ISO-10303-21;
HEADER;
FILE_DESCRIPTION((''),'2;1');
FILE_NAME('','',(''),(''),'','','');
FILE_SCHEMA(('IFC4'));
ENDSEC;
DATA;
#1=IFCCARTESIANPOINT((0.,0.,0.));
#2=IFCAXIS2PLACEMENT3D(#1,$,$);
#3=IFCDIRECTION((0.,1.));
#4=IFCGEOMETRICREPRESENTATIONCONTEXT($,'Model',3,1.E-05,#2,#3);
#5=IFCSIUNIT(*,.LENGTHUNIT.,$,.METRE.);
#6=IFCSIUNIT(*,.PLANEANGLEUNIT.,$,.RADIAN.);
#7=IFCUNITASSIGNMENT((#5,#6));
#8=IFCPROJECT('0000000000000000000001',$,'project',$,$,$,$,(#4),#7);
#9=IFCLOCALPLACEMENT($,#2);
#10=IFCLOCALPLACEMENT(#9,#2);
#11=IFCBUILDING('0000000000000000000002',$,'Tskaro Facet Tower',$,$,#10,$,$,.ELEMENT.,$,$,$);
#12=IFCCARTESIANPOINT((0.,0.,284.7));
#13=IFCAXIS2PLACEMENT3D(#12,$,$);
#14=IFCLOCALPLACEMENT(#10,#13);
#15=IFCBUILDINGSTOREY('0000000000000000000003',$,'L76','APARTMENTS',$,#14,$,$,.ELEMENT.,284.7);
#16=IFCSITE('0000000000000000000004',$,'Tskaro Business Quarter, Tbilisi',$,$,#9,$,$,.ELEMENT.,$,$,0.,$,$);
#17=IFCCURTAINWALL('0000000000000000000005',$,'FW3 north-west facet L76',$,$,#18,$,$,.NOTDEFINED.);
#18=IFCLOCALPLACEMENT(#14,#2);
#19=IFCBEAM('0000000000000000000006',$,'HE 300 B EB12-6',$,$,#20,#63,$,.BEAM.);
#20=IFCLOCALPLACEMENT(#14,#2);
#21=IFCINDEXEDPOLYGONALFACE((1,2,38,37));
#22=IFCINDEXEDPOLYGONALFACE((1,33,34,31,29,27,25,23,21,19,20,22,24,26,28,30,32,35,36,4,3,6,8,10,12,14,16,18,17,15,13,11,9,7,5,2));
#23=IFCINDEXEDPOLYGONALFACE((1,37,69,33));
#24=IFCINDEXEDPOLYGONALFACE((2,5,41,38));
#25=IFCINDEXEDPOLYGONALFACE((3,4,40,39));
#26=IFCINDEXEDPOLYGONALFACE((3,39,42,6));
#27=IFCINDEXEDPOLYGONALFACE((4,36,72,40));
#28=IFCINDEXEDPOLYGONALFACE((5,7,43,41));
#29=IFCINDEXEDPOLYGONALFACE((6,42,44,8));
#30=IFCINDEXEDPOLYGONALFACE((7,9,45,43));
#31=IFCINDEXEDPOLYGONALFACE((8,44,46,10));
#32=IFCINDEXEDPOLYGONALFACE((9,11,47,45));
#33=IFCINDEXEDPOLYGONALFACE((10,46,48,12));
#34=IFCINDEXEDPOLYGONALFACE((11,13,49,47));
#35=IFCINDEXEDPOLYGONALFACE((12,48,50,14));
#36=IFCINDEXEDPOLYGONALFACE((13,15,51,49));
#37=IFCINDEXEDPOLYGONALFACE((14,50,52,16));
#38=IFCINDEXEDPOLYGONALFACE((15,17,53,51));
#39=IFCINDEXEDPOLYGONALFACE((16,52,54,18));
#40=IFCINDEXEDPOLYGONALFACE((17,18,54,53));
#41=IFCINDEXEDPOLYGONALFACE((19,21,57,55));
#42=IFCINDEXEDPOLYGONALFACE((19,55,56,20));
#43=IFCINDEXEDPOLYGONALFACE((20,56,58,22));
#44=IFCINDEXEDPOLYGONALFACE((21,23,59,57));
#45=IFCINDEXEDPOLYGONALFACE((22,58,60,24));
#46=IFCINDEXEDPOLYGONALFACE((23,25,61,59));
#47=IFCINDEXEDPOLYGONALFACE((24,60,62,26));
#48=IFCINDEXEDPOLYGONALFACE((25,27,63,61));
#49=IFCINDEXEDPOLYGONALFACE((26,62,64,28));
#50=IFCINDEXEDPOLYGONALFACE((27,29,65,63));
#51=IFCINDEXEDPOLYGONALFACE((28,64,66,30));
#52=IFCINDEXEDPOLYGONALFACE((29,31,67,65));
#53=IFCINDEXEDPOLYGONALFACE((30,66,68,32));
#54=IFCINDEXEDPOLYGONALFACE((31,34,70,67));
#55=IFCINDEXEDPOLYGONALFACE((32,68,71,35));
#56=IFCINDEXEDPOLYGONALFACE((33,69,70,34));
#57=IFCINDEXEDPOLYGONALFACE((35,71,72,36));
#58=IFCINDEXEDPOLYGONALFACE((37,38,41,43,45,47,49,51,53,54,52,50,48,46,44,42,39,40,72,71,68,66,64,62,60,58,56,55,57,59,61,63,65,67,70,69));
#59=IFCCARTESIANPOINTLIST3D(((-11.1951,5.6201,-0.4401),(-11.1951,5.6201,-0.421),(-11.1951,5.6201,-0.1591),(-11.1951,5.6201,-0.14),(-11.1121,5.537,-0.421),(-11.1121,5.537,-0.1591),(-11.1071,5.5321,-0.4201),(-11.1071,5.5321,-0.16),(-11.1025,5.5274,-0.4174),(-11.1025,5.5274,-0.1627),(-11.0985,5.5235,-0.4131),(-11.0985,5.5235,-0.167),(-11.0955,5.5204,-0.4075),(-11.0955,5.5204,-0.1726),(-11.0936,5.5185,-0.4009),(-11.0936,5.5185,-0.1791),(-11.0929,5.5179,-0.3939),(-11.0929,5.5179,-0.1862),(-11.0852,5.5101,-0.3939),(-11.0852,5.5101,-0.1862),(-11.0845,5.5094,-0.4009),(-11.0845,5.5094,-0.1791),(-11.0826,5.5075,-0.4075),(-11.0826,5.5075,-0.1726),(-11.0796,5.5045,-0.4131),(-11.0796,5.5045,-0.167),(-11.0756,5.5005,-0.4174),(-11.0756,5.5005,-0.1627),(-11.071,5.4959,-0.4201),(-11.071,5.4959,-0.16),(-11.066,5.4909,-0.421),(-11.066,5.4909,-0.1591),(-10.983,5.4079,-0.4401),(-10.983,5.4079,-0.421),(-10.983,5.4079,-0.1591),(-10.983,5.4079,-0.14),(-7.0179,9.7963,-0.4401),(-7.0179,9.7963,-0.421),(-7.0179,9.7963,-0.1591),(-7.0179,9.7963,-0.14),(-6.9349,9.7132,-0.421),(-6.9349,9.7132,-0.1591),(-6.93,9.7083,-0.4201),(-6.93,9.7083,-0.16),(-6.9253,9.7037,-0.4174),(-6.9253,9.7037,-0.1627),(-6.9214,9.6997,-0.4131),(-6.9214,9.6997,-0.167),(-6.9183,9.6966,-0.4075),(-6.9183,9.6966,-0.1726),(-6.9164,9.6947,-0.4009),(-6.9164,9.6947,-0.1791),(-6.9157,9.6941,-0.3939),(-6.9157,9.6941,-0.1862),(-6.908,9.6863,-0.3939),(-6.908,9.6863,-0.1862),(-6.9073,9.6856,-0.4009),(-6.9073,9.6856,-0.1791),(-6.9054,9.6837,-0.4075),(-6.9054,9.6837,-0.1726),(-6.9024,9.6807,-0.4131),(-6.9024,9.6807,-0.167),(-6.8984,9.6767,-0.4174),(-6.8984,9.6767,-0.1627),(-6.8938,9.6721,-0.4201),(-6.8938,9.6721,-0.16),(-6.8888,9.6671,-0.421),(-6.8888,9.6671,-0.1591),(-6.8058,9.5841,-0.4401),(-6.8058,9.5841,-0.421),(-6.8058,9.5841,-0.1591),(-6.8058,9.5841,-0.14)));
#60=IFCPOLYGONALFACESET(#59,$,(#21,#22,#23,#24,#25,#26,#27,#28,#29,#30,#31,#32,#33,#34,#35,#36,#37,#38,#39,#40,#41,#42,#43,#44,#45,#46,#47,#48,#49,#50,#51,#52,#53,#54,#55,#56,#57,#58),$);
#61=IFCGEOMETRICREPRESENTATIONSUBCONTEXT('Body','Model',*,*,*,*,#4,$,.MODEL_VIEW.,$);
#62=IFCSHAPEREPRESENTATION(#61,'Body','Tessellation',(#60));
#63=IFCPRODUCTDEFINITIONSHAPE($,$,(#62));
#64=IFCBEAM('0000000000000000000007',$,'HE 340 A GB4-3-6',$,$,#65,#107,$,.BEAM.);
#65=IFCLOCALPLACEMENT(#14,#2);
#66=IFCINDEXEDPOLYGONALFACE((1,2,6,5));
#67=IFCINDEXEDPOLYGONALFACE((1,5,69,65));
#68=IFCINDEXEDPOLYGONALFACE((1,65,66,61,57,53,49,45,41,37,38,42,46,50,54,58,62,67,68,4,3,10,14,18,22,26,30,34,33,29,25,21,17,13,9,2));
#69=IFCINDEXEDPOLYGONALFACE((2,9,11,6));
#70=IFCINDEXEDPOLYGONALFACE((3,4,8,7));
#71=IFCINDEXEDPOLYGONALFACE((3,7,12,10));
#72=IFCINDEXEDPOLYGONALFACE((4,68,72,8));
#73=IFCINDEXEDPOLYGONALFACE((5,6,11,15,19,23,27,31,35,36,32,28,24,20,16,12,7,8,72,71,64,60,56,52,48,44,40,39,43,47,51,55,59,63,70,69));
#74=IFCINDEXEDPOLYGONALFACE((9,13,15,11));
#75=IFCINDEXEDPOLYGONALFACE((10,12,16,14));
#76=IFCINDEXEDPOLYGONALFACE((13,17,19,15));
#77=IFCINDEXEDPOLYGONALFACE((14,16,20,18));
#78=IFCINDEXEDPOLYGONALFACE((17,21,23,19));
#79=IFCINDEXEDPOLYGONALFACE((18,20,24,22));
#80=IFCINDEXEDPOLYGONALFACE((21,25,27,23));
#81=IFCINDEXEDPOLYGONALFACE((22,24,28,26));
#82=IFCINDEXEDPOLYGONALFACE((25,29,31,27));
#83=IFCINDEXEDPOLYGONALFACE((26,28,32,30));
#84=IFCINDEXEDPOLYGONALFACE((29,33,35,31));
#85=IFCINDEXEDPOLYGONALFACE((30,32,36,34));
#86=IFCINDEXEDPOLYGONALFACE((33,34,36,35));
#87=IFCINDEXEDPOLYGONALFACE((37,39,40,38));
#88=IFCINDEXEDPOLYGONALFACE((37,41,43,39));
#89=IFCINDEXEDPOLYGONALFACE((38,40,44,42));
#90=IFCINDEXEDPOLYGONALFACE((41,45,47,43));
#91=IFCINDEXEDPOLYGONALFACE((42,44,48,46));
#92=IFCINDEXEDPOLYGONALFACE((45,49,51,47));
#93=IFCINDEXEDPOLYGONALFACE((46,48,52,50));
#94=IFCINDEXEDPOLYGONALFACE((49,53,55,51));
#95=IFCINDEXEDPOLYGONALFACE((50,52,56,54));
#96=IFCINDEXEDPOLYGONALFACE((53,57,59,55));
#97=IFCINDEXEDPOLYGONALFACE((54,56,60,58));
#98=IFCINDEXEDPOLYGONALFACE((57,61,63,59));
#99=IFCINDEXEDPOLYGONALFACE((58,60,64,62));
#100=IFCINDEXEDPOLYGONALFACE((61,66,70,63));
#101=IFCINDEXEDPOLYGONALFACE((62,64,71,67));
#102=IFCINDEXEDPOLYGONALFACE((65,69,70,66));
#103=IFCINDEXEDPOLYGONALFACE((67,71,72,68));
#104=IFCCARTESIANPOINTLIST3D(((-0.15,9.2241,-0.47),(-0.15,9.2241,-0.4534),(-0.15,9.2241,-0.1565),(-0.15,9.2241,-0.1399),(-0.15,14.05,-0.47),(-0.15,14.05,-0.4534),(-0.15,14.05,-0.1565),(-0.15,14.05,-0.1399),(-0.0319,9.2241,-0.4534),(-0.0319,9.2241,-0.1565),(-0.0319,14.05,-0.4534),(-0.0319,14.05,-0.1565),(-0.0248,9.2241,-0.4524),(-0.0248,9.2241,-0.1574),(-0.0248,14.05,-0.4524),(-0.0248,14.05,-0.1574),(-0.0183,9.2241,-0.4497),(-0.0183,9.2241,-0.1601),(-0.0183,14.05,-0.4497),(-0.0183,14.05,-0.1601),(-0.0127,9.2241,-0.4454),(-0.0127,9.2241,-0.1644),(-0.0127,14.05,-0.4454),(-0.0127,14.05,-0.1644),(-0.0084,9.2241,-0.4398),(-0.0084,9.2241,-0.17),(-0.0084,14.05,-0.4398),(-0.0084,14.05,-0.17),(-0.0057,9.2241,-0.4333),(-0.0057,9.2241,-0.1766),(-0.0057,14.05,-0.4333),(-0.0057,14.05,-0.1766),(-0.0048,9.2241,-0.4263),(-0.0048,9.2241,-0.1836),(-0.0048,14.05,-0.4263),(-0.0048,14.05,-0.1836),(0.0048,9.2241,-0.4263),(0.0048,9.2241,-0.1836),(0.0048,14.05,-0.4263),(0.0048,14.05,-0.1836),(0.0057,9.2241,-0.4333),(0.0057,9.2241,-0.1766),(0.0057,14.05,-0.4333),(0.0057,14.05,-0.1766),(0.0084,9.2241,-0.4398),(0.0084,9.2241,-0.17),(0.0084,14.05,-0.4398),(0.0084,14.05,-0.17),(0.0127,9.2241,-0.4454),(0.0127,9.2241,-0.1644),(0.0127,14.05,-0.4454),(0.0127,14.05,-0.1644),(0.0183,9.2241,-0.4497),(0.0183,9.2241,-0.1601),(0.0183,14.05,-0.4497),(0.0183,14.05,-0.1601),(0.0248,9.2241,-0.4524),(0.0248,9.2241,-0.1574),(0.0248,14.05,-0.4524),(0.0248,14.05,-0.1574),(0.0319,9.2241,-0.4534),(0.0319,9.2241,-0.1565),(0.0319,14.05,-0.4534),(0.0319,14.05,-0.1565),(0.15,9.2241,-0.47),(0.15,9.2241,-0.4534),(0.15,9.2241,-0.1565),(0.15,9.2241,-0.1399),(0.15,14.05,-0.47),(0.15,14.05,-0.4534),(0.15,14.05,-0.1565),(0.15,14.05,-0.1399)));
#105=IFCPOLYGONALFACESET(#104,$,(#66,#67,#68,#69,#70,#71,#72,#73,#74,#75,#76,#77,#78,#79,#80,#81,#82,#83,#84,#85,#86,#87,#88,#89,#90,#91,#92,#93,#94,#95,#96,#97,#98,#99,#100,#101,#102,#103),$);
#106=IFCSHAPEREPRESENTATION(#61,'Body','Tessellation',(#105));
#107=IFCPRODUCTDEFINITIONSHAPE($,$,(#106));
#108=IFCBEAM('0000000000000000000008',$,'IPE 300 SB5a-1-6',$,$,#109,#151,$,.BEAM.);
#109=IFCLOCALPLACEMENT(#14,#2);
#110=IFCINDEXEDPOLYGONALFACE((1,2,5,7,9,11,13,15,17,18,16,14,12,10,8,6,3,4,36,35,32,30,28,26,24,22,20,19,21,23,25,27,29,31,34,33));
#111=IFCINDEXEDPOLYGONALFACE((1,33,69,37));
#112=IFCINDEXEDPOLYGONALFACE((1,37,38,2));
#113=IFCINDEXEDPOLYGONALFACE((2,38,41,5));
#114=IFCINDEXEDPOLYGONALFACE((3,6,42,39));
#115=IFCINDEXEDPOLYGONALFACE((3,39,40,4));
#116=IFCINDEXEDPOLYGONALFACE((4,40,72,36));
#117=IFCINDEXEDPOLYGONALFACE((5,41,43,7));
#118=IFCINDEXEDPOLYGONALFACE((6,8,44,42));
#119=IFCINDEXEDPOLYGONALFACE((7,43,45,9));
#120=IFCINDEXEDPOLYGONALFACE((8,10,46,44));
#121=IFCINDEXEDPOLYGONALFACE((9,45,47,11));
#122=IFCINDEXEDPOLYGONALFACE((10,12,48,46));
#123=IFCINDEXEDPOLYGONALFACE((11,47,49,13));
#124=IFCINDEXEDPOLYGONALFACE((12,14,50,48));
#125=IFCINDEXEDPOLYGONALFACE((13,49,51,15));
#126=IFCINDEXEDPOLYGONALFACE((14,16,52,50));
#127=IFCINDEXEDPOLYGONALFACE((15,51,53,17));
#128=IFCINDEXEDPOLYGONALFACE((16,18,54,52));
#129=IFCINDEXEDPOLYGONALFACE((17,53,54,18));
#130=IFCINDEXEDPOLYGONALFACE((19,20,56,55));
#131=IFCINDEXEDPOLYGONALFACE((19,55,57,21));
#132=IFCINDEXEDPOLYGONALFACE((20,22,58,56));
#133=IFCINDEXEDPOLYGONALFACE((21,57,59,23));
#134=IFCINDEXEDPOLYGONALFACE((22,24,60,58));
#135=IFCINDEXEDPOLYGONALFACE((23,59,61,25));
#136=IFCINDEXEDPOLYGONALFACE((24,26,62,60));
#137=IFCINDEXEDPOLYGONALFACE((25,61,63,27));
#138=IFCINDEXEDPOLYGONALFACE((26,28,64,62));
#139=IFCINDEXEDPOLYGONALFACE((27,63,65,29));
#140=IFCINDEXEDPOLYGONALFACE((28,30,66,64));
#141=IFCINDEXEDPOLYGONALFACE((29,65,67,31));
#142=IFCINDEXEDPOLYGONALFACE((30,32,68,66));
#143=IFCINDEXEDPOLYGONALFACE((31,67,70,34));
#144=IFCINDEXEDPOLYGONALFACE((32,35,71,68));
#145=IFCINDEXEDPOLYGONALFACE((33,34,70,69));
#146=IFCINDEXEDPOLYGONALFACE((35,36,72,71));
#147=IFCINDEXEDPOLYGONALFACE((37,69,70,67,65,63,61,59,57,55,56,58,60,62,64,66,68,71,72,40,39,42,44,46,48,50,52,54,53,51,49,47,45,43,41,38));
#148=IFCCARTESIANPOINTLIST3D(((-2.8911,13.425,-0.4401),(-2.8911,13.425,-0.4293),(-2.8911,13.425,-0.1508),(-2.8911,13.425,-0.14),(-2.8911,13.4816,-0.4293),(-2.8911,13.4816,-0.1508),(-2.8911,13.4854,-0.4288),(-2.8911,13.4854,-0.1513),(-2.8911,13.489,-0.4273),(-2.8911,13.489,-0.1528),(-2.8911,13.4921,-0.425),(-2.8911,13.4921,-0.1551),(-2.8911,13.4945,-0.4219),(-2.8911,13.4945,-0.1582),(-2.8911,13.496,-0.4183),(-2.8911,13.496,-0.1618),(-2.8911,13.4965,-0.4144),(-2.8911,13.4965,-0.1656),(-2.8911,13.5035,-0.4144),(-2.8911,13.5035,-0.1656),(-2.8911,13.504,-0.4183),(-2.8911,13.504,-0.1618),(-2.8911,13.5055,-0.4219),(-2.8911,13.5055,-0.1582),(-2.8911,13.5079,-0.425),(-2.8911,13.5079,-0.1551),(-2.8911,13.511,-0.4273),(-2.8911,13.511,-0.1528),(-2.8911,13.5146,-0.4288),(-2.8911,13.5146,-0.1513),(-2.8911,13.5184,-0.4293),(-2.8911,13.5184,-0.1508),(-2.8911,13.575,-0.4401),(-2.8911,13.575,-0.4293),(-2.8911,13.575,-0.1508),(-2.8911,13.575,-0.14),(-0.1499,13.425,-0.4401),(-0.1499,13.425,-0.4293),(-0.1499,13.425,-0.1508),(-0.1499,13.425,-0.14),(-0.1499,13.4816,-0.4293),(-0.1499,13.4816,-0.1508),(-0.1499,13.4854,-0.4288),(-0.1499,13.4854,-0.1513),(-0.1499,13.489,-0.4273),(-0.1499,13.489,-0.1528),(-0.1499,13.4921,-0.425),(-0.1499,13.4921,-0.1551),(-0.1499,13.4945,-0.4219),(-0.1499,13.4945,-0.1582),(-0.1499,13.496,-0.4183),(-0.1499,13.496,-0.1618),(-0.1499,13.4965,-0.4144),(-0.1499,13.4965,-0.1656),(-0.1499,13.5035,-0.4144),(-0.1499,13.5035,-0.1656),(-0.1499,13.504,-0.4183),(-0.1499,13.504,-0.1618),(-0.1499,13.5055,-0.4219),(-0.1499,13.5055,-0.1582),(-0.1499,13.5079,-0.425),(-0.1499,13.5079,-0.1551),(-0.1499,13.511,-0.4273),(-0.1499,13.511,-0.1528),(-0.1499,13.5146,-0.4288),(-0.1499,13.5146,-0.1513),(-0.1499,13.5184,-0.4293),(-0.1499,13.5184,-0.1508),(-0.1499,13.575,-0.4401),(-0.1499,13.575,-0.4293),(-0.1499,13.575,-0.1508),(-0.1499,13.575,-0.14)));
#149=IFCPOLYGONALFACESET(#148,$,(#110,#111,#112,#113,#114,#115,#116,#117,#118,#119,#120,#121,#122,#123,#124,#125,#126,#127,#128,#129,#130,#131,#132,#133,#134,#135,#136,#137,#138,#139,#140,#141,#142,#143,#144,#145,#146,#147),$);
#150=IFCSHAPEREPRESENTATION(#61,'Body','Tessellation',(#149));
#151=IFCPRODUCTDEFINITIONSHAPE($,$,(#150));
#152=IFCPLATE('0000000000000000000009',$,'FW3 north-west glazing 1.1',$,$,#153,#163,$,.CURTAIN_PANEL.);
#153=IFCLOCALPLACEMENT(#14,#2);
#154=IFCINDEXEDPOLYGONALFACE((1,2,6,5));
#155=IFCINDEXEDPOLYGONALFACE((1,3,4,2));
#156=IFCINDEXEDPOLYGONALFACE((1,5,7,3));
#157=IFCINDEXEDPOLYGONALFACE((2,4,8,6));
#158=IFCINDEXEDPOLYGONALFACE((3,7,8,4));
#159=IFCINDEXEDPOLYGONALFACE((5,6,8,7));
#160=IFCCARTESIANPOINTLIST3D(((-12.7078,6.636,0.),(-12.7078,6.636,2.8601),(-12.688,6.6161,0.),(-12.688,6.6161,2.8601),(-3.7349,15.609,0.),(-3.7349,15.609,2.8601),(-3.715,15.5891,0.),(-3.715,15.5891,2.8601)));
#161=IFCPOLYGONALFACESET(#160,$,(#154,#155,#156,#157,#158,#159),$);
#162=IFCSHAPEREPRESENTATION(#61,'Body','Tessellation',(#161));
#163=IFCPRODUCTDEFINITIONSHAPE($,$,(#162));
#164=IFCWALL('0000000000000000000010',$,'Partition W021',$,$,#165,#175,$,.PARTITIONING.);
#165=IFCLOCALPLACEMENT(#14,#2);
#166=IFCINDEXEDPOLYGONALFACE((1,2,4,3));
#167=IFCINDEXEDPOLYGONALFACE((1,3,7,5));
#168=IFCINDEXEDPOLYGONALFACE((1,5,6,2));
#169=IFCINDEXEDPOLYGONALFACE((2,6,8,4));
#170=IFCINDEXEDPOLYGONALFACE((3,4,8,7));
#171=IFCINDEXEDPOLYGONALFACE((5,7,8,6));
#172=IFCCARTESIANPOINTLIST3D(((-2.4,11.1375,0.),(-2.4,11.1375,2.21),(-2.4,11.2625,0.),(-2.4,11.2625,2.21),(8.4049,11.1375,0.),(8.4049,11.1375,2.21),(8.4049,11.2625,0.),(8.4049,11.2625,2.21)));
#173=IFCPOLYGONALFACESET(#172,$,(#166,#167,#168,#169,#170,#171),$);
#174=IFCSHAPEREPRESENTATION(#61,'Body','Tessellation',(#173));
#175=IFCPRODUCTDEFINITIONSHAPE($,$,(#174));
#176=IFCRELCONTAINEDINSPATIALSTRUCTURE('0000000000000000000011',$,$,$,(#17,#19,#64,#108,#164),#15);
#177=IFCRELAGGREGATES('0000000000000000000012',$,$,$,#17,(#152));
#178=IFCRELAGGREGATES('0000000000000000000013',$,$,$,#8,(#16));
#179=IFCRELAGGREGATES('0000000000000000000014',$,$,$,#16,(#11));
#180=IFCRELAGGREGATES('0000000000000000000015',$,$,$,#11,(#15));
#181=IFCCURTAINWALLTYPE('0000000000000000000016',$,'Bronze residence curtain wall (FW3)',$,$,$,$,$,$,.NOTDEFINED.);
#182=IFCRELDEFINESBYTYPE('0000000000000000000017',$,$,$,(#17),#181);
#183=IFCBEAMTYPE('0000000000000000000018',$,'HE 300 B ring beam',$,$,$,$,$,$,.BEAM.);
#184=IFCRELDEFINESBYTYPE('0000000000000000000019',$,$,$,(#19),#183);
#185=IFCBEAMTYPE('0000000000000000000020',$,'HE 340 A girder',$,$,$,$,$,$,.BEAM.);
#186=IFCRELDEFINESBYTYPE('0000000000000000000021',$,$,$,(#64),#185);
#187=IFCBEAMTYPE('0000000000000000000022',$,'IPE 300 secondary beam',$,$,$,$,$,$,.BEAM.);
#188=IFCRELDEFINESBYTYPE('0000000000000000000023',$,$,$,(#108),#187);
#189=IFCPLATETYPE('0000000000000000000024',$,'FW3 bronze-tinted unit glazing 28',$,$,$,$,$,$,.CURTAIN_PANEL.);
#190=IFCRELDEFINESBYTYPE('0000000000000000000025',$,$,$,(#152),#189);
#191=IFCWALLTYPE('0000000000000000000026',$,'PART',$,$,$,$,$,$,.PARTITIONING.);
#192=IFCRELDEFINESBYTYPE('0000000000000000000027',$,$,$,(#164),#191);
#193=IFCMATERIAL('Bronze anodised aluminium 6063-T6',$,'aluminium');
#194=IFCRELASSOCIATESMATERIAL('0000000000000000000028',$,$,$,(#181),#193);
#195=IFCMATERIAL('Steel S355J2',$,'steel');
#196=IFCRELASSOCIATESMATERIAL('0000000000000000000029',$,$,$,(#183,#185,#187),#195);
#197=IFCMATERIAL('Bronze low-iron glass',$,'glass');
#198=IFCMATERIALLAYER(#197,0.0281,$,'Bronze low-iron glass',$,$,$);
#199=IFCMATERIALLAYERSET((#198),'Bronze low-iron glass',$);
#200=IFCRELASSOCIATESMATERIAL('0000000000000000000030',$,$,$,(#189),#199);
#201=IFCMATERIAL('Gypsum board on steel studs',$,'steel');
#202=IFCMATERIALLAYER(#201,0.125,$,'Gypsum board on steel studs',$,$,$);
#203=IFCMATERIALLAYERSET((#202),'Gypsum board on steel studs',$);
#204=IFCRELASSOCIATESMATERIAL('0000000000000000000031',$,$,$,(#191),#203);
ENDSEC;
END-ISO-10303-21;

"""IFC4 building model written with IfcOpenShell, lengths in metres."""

from ifc_helpers import new_model, si_unit, direction, frame, frame_2d, origin, origin_2d, place, context, subcontext, project, spatial, rectangle, i_section, extrude, material, layer, layer_set, material_profile, profile_set, type_object, element, aggregate, save


model = new_model("IFC4")

# Units and contexts
model_context = context("Model", 3, precision=1e-05, world=origin(), true_north=direction((0.0, 1.0)))
body_context = subcontext(model_context, "Body", "Model", "MODEL_VIEW")
ifc_project = project(units=[si_unit("LENGTHUNIT", "METRE"), si_unit("PLANEANGLEUNIT", "RADIAN")], contexts=[model_context])

# Site, building, storey
site_placement = place(None, origin())
site = spatial("IfcSite", under=ifc_project, at=site_placement, Name="Tskaro Business Quarter, Tbilisi", CompositionType="ELEMENT", RefElevation=0.0)
building_placement = place(site_placement, origin())
building = spatial("IfcBuilding", under=site, at=building_placement, Name="Tskaro Facet Tower", CompositionType="ELEMENT")
storey_placement = place(building_placement, frame((0.0, 0.0, 284.7)))
storey = spatial("IfcBuildingStorey", under=building, at=storey_placement, Name="L76", Description="APARTMENTS", CompositionType="ELEMENT", Elevation=284.7)

# Shared definitions
ifc_material_1 = material(Name="Steel S355J2", Category="steel")

# Curtain wall
ifc_material_2 = material(Name="Bronze anodised aluminium 6063-T6", Category="aluminium")
curtain_wall_type = type_object("IfcCurtainWallType", Name="Bronze residence curtain wall (FW3)", PredefinedType="NOTDEFINED", material=ifc_material_2)
curtain_wall_1_placement = place(storey_placement, origin())
curtain_wall_1 = element("IfcCurtainWall", 1, at=curtain_wall_1_placement, inside=storey, type_object=curtain_wall_type, Name="FW3 north-west facet L76", PredefinedType="NOTDEFINED")

# Beams
ifc_material_profile_1 = material_profile(ifc_material_1, i_section(OverallWidth=0.3, OverallDepth=0.3, WebThickness=0.011, FlangeThickness=0.019, FilletRadius=0.0271, at=origin_2d()), Name="HE 300 B")
ifc_profile_set_1 = profile_set([ifc_material_profile_1], Name="Steel S355J2")
beam_type_1 = type_object("IfcBeamType", Name="HE 300 B ring beam", PredefinedType="BEAM", material=ifc_profile_set_1)
for number, where, z_axis, x_axis, name in (
    (2, (-6.9119, 9.6902, -0.29), (-0.707189, -0.707024, 0.0), (0.707024, -0.707189, 0.0), "HE 300 B EB12-6"),
):
    element("IfcBeam", number, at=place(storey_placement, frame(where, z_axis=z_axis, x_axis=x_axis)), inside=storey, type_object=beam_type_1, Name=name, PredefinedType="BEAM", context=body_context, shape_type="SweptSolid", body=[
        extrude(i_section(OverallWidth=0.3, OverallDepth=0.3, WebThickness=0.011, FlangeThickness=0.019, FilletRadius=0.0271, at=origin_2d()), origin(), (0.0, 0.0, 1.0), 5.9067),
    ])
ifc_material_profile_2 = material_profile(ifc_material_1, i_section(OverallWidth=0.3, OverallDepth=0.3301, WebThickness=0.0095, FlangeThickness=0.0166, FilletRadius=0.0271, at=origin_2d()), Name="HE 340 A")
ifc_profile_set_2 = profile_set([ifc_material_profile_2], Name="Steel S355J2")
beam_type_2 = type_object("IfcBeamType", Name="HE 340 A girder", PredefinedType="BEAM", material=ifc_profile_set_2)
beam_1_placement = place(storey_placement, frame((0.0, 9.2241, -0.3049), z_axis=(0.0, 1.0, 0.0), x_axis=(-1.0, 0.0, 0.0)))
element("IfcBeam", 3, at=beam_1_placement, inside=storey, type_object=beam_type_2, Name="HE 340 A GB4-3-6", PredefinedType="BEAM", context=body_context, shape_type="SweptSolid", body=[
    extrude(i_section(OverallWidth=0.3, OverallDepth=0.3301, WebThickness=0.0095, FlangeThickness=0.0166, FilletRadius=0.0271, at=origin_2d()), origin(), (0.0, 0.0, 1.0), 4.8259),
])
ifc_material_profile_3 = material_profile(ifc_material_1, i_section(OverallWidth=0.1499, OverallDepth=0.3, WebThickness=0.0071, FlangeThickness=0.0107, FilletRadius=0.0149, at=origin_2d()), Name="IPE 300")
ifc_profile_set_3 = profile_set([ifc_material_profile_3], Name="Steel S355J2")
beam_type_3 = type_object("IfcBeamType", Name="IPE 300 secondary beam", PredefinedType="BEAM", material=ifc_profile_set_3)
beam_2_placement = place(storey_placement, frame((-2.8911, 13.5, -0.29), z_axis=(1.0, 0.0, 0.0), x_axis=(0.0, 1.0, 0.0)))
element("IfcBeam", 4, at=beam_2_placement, inside=storey, type_object=beam_type_3, Name="IPE 300 SB5a-1-6", PredefinedType="BEAM", context=body_context, shape_type="SweptSolid", body=[
    extrude(i_section(OverallWidth=0.1499, OverallDepth=0.3, WebThickness=0.0071, FlangeThickness=0.0107, FilletRadius=0.0149, at=origin_2d()), origin(), (0.0, 0.0, 1.0), 2.7412),
])

# Plate
ifc_material_3 = material(Name="Bronze low-iron glass", Category="glass")
ifc_layer_1 = layer(ifc_material_3, 0.0281, Name="Bronze low-iron glass")
ifc_layer_set_1 = layer_set([ifc_layer_1], Name="Bronze low-iron glass")
plate_type = type_object("IfcPlateType", Name="FW3 bronze-tinted unit glazing 28", PredefinedType="CURTAIN_PANEL", material=ifc_layer_set_1)
plate_placement = place(storey_placement, frame((-8.2114, 11.1125, 0.0), z_axis=(0.0, 0.0, 1.0), x_axis=(-0.707107, -0.707107, 0.0)))
plate = element("IfcPlate", 5, at=plate_placement, type_object=plate_type, Name="FW3 north-west glazing 1.1", PredefinedType="CURTAIN_PANEL", context=body_context, shape_type="SweptSolid", body=[
    extrude(rectangle(XDim=12.6897, YDim=0.0281, at=origin_2d()), origin(), (0.0, 0.0, 1.0), 2.8601),
])
aggregate(curtain_wall_1, [plate])

# Wall
ifc_material_4 = material(Name="Gypsum board on steel studs", Category="steel")
ifc_layer_2 = layer(ifc_material_4, 0.125, Name="Gypsum board on steel studs")
ifc_layer_set_2 = layer_set([ifc_layer_2], Name="Gypsum board on steel studs")
wall_type_1 = type_object("IfcWallType", Name="PART", PredefinedType="PARTITIONING", material=ifc_layer_set_2)
wall_1_placement = place(storey_placement, frame((-2.3999, 11.2, 0.0), z_axis=(0.0, 0.0, 1.0), x_axis=(1.0, 0.0, 0.0)))
element("IfcWall", 6, at=wall_1_placement, inside=storey, type_object=wall_type_1, Name="Partition W021", PredefinedType="PARTITIONING", context=body_context, shape_type="SweptSolid", body=[
    extrude(rectangle(XDim=10.8049, YDim=0.125, at=frame_2d((5.4023, 0.0))), origin(), (0.0, 0.0, 1.0), 2.21),
])

save(model, "model.ifc")
